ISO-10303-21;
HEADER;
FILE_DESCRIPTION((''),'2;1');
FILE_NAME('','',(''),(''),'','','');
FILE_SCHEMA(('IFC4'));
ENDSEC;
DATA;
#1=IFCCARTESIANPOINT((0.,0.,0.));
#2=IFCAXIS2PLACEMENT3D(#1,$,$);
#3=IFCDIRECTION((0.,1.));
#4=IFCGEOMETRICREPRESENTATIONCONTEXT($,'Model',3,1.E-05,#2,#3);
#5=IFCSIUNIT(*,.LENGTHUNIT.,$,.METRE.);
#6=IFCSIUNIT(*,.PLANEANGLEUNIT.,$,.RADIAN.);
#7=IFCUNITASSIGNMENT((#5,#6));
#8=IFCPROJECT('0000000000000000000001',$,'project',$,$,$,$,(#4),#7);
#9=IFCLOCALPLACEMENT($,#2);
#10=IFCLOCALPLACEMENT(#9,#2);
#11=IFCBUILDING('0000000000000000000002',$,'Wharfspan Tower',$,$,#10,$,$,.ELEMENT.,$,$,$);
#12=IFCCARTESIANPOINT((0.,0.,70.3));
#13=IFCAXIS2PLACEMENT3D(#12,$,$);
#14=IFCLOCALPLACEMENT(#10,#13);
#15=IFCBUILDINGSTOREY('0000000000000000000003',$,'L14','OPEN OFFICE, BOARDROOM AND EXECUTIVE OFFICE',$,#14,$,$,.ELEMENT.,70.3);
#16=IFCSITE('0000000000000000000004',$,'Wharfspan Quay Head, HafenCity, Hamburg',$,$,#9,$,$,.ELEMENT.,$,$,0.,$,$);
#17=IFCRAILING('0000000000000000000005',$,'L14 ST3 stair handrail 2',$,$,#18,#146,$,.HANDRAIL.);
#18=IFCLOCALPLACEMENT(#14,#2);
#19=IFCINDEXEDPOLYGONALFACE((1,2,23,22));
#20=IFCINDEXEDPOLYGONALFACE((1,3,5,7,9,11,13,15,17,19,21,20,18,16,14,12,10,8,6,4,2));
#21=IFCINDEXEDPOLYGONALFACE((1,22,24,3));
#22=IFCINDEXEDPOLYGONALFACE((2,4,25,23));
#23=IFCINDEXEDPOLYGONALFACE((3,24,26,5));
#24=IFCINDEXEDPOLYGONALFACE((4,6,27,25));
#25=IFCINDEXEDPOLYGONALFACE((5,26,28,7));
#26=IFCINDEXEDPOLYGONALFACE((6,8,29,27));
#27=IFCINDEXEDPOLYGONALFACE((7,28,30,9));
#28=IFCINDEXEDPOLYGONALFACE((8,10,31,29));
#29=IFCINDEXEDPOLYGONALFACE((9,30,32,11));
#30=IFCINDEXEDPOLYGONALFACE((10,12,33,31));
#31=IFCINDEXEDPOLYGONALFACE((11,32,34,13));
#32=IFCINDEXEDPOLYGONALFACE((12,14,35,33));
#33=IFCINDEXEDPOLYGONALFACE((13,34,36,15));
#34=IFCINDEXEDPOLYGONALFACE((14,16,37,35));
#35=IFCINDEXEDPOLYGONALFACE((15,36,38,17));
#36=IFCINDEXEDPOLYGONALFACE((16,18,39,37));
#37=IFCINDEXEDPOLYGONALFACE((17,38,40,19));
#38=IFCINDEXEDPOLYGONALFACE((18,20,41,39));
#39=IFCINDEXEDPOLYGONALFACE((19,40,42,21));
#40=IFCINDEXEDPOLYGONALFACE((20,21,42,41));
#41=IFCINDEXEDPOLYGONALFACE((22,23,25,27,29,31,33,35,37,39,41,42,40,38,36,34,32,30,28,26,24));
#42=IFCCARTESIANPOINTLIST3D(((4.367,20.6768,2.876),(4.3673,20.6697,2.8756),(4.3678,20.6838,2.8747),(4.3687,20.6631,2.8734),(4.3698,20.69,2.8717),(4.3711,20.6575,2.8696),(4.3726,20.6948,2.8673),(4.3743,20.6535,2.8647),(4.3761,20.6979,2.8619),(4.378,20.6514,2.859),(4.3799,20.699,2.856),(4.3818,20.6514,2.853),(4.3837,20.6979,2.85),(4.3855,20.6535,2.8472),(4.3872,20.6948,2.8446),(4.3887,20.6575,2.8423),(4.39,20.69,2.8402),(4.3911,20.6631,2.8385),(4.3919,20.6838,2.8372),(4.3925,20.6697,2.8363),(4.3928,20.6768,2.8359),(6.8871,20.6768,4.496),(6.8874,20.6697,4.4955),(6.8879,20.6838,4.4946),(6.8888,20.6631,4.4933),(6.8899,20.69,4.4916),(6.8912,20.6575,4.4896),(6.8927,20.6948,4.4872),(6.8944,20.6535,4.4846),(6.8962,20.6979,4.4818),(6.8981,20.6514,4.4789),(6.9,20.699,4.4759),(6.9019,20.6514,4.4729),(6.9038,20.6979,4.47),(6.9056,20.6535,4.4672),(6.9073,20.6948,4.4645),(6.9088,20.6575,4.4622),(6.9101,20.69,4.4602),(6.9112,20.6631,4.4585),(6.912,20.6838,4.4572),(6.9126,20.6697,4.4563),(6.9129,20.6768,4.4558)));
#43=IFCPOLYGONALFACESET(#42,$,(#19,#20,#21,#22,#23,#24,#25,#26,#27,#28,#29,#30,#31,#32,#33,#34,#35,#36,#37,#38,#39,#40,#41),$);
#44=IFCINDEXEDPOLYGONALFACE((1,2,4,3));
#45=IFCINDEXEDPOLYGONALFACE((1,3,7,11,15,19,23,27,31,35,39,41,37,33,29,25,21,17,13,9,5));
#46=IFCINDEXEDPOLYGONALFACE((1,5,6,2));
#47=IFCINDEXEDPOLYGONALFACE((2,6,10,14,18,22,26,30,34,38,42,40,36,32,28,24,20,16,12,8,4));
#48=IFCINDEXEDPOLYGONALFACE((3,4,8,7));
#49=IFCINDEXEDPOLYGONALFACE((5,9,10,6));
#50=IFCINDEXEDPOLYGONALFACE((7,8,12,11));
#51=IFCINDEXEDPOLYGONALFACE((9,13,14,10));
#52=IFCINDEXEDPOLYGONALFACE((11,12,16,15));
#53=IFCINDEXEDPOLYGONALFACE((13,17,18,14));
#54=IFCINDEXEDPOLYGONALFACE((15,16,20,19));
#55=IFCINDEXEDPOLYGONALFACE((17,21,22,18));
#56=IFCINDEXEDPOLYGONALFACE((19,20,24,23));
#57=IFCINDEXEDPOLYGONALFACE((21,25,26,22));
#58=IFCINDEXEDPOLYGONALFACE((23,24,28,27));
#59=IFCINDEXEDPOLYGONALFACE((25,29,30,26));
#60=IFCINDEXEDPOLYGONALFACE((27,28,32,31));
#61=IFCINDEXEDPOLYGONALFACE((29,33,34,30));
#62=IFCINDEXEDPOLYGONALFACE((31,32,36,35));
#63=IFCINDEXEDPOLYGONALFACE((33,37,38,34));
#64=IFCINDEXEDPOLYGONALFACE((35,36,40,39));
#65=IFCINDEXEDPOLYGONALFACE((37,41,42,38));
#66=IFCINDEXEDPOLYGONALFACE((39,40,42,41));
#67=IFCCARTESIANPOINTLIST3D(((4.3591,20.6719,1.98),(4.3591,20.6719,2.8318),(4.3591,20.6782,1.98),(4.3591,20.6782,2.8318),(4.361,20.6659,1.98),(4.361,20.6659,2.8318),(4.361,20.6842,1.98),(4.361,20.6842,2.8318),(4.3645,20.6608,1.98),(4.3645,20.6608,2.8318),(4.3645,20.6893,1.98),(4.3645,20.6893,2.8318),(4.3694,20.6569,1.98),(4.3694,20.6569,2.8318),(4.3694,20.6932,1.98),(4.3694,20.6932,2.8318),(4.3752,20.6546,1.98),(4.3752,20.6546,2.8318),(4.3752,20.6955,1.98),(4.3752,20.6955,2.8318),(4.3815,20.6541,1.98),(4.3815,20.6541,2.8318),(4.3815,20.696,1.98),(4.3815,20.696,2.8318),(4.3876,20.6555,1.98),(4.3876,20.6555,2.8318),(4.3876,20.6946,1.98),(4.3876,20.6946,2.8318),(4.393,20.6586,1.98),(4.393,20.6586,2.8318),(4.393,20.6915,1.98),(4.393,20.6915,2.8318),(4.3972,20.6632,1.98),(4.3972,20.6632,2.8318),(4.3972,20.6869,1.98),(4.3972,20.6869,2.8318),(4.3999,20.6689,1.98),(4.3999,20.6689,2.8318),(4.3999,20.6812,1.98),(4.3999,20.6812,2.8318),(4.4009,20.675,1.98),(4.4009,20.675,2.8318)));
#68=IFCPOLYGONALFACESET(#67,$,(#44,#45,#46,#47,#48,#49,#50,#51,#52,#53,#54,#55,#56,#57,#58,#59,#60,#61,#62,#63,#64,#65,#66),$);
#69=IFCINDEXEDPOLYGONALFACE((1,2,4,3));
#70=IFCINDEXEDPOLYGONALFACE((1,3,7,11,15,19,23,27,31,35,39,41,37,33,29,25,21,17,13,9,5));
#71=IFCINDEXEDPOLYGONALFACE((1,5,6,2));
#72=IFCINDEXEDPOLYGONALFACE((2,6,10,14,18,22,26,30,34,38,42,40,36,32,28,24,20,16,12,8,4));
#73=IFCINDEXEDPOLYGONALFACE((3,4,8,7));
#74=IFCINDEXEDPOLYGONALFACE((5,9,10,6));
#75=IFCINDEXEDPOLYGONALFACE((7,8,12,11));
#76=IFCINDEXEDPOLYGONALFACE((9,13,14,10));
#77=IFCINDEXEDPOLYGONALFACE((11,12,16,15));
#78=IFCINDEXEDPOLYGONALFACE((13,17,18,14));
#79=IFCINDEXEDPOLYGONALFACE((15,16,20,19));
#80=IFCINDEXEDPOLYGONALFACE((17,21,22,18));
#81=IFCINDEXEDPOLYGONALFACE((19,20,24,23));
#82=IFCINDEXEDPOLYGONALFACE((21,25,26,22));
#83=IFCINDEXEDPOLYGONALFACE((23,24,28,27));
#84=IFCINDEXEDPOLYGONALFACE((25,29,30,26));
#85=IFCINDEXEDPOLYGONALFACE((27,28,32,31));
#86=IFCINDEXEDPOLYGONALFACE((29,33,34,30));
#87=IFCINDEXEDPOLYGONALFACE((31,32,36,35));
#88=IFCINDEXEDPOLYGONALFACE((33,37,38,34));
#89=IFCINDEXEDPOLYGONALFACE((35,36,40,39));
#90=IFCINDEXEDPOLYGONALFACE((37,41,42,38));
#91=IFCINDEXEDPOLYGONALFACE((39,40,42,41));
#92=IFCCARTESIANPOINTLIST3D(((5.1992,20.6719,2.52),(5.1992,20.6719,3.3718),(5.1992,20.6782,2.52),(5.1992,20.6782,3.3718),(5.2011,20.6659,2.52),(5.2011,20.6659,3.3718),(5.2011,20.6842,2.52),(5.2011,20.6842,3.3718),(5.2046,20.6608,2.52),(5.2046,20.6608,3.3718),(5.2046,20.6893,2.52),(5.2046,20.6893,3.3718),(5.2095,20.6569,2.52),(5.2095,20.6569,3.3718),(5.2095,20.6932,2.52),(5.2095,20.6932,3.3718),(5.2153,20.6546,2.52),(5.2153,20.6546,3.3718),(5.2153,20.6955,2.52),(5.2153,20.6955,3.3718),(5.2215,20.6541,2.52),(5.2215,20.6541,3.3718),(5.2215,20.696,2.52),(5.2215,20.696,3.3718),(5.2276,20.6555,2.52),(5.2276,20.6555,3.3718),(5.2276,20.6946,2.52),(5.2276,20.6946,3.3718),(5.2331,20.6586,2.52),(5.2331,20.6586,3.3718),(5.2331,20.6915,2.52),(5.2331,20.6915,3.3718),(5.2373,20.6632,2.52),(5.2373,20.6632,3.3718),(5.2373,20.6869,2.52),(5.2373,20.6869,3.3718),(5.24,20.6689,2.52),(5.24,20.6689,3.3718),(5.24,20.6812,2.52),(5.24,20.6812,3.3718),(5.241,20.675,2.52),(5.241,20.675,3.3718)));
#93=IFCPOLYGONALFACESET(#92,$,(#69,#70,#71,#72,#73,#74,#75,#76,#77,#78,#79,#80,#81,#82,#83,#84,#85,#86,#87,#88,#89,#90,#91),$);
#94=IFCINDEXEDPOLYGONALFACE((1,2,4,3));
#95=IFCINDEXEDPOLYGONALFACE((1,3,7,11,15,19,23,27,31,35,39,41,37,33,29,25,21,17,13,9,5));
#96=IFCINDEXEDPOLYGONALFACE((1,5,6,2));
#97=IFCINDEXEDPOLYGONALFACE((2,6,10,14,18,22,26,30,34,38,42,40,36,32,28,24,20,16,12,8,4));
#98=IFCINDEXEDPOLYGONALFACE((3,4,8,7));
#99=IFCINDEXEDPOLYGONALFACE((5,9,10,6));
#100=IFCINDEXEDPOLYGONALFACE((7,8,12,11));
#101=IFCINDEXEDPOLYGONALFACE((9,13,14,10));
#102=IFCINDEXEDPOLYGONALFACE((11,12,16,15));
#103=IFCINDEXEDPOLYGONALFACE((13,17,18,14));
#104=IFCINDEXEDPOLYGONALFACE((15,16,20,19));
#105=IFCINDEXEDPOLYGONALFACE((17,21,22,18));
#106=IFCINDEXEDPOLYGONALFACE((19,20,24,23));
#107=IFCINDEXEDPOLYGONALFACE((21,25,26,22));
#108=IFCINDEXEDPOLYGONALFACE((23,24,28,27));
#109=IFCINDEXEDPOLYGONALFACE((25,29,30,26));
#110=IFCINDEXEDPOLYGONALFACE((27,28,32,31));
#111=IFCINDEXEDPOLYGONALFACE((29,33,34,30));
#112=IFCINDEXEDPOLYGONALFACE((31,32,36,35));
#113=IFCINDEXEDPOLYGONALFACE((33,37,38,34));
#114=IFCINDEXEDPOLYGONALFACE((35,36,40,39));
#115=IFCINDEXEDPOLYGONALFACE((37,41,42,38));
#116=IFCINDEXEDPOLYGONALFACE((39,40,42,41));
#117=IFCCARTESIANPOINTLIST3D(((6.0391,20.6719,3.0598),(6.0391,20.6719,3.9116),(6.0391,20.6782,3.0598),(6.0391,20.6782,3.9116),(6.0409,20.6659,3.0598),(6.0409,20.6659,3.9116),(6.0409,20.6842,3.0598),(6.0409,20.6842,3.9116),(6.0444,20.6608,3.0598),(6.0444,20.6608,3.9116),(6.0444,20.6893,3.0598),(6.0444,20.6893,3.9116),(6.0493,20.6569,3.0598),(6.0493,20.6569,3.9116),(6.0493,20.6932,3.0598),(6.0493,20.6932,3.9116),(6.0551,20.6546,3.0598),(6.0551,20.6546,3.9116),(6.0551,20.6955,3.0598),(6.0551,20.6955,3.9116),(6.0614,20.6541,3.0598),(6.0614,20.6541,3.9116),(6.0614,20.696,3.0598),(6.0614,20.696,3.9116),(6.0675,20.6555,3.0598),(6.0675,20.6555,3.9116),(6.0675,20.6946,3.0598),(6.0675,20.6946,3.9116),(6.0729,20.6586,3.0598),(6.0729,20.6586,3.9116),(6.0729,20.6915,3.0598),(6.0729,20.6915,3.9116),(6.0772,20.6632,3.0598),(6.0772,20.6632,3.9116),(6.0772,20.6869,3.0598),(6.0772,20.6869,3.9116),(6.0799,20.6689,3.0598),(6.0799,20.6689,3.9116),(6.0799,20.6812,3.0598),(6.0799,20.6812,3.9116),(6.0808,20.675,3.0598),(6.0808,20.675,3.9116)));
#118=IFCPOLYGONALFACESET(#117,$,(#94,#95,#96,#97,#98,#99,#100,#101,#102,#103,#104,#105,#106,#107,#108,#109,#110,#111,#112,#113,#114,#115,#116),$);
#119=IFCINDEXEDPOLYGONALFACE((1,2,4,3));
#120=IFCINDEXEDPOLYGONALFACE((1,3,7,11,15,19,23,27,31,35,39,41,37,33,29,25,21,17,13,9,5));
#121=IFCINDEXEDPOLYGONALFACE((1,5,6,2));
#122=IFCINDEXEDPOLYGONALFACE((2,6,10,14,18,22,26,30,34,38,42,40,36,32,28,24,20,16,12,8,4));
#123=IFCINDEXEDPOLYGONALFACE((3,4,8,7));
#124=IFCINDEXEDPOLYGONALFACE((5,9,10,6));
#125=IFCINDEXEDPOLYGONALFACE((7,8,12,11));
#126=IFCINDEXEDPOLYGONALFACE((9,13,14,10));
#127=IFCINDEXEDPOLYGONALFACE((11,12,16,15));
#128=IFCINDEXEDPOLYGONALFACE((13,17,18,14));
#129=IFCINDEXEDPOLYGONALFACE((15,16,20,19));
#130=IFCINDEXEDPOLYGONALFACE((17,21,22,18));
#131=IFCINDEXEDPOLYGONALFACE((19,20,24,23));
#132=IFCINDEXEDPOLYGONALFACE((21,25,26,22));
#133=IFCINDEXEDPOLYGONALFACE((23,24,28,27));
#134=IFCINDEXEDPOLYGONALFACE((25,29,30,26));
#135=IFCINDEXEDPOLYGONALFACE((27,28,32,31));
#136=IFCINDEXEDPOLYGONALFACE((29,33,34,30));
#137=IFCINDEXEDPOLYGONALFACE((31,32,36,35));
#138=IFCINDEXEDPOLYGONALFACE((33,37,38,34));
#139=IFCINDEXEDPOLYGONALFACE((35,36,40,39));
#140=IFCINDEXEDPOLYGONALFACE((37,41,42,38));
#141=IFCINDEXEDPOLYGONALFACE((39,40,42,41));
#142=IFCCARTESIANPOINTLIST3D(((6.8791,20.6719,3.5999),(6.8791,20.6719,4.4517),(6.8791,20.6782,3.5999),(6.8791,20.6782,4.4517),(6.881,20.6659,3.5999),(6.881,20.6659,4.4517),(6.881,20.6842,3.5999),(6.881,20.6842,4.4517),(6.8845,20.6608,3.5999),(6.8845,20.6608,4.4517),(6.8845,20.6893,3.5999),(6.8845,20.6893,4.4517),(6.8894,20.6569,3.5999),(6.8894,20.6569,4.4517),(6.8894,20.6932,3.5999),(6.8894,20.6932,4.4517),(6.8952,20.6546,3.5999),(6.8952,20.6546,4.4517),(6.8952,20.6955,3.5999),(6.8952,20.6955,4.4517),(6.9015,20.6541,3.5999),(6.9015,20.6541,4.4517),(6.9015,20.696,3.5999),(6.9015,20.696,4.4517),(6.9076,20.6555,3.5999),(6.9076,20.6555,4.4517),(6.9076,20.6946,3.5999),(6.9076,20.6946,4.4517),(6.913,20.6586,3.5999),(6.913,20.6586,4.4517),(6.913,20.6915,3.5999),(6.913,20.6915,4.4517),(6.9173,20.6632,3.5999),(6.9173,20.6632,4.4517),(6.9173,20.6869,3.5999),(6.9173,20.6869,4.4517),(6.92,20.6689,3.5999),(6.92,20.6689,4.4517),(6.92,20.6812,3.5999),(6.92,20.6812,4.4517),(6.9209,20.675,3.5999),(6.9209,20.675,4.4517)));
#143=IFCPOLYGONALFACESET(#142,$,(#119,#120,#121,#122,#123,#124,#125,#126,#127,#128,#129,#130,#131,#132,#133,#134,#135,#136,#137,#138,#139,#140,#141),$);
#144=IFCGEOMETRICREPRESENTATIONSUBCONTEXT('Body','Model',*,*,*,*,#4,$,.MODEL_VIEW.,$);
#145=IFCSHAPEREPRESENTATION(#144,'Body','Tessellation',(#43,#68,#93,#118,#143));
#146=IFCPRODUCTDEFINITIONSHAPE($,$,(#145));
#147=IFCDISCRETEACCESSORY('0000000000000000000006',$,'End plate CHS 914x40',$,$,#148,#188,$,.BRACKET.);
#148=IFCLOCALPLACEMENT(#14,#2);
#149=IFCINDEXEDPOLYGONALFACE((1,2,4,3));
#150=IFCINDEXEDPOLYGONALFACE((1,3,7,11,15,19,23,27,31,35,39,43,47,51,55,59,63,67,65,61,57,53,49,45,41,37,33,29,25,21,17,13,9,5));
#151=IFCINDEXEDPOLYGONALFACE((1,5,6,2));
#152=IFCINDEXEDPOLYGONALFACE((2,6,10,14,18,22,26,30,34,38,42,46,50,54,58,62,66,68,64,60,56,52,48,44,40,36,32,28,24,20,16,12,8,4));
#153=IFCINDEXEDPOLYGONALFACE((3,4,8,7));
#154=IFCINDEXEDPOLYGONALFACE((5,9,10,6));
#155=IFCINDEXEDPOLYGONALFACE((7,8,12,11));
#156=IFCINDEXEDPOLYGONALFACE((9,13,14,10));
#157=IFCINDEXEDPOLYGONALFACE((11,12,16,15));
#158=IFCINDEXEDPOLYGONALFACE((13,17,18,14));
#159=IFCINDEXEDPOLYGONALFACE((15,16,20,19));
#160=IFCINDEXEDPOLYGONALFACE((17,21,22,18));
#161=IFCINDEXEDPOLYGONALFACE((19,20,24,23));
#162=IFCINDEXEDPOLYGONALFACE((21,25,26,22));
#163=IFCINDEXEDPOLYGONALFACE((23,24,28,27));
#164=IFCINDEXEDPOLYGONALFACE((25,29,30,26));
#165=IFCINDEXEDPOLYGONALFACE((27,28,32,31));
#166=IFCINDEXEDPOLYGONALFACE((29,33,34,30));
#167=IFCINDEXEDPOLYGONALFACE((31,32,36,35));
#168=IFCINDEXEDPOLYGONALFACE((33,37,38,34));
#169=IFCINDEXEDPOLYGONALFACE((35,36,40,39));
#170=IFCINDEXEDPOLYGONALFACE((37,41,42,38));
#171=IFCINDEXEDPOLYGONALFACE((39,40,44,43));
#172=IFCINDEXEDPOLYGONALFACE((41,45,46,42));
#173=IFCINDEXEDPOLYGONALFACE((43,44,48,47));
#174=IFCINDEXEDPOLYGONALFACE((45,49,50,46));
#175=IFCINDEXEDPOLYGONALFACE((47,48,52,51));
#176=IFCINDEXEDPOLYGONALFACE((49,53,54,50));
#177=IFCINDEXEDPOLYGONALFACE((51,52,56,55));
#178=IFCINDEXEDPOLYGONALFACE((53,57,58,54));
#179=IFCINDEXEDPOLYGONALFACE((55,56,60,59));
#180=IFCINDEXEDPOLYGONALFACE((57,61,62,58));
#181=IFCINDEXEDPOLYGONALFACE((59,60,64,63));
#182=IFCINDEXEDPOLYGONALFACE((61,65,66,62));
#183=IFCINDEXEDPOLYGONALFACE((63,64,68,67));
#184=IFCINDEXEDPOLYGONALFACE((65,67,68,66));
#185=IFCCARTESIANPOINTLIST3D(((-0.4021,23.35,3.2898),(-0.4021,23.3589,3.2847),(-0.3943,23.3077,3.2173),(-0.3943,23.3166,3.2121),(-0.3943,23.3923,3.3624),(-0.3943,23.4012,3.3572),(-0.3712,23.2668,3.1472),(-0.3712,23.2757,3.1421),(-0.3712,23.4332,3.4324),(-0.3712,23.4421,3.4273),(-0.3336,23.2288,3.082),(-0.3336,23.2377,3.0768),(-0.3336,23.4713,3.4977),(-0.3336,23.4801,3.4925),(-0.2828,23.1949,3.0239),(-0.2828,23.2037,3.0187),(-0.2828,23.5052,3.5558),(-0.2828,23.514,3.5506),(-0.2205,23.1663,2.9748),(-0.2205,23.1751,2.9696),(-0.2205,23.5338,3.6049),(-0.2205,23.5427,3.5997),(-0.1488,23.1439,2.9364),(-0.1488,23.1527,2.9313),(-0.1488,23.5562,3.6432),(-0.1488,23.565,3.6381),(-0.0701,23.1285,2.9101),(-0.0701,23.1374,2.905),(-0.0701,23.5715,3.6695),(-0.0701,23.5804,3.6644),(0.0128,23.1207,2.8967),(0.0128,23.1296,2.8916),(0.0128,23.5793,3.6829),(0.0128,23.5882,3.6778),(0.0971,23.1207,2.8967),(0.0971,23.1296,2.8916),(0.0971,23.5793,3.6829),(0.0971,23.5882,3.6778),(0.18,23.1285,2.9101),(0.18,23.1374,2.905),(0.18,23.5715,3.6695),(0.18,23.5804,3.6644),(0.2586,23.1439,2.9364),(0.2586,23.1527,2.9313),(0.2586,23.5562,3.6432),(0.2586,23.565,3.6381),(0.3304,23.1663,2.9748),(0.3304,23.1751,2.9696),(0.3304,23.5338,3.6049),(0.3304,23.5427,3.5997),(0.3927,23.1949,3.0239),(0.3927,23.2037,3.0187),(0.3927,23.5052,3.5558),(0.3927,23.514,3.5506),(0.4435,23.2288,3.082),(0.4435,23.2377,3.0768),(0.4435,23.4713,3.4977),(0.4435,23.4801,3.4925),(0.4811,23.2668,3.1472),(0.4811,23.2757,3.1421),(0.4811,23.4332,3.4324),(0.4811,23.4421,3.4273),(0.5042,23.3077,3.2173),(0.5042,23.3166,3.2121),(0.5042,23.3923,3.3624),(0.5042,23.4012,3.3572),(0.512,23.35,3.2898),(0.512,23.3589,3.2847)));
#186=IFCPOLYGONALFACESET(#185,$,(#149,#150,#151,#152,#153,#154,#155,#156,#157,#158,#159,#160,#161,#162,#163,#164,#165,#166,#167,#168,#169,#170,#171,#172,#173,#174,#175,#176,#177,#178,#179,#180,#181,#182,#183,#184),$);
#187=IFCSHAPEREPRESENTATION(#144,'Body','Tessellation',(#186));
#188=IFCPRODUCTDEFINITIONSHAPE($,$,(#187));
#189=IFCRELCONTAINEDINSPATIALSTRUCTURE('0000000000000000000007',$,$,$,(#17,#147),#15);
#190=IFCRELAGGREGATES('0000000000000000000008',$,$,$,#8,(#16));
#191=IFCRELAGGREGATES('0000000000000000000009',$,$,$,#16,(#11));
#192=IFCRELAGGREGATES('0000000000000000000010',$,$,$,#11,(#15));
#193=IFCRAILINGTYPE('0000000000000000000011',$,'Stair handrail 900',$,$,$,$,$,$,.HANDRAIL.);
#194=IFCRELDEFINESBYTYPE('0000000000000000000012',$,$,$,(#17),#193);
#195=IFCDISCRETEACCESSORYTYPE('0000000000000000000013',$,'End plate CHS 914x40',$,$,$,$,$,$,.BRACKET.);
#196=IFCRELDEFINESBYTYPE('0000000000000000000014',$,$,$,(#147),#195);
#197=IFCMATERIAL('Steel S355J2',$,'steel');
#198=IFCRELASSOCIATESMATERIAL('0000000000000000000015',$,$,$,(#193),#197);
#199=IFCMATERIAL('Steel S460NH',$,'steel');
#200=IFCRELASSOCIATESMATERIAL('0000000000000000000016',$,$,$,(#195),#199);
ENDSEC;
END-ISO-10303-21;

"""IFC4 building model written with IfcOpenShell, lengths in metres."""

from ifc_helpers import new_model, si_unit, direction, frame, origin, origin_2d, place, context, subcontext, project, spatial, circle, extrude, material, material_profile, profile_set, type_object, element, save


model = new_model("IFC4")

# Units and contexts
model_context = context("Model", 3, precision=1e-05, world=origin(), true_north=direction((0.0, 1.0)))
body_context = subcontext(model_context, "Body", "Model", "MODEL_VIEW")
ifc_project = project(units=[si_unit("LENGTHUNIT", "METRE"), si_unit("PLANEANGLEUNIT", "RADIAN")], contexts=[model_context])

# Site, building, storey
site_placement = place(None, origin())
site = spatial("IfcSite", under=ifc_project, at=site_placement, Name="Wharfspan Quay Head, HafenCity, Hamburg", CompositionType="ELEMENT", RefElevation=0.0)
building_placement = place(site_placement, origin())
building = spatial("IfcBuilding", under=site, at=building_placement, Name="Wharfspan Tower", CompositionType="ELEMENT")
storey_placement = place(building_placement, frame((0.0, 0.0, 70.3)))
storey = spatial("IfcBuildingStorey", under=building, at=storey_placement, Name="L14", Description="OPEN OFFICE, BOARDROOM AND EXECUTIVE OFFICE", CompositionType="ELEMENT", Elevation=70.3)

# Shared definitions
ifc_material_1 = material(Name="Steel S355J2", Category="steel")

# Shared definitions
ifc_material_2 = material(Name="Steel S460NH", Category="steel")

# Railing
railing_type_1 = type_object("IfcRailingType", Name="Stair handrail 900", PredefinedType="HANDRAIL", material=ifc_material_1)
railing_1_placement = place(storey_placement, frame((4.3799, 20.675, 1.98)))
element("IfcRailing", 1, at=railing_1_placement, inside=storey, type_object=railing_type_1, Name="L14 ST3 stair handrail 2", PredefinedType="HANDRAIL", context=body_context, shape_type="SweptSolid", body=[
    extrude(circle(Radius=0.0239, at=origin_2d()), frame((0.0, 0.0, 0.876), z_axis=(0.8412, 0.0, 0.540725), x_axis=(0.0, 1.0, 0.0)), (0.0, 0.0, 1.0), 2.9958),
    extrude(circle(Radius=0.021, at=origin_2d()), origin(), (0.0, 0.0, 1.0), 0.8518),
    extrude(circle(Radius=0.021, at=origin_2d()), frame((0.8401, 0.0, 0.54)), (0.0, 0.0, 1.0), 0.8518),
    extrude(circle(Radius=0.021, at=origin_2d()), frame((1.6799, 0.0, 1.0798)), (0.0, 0.0, 1.0), 0.8518),
    extrude(circle(Radius=0.021, at=origin_2d()), frame((2.52, 0.0, 1.6199)), (0.0, 0.0, 1.0), 0.8518),
])

# Discrete accessory
ifc_material_profile_1 = material_profile(ifc_material_2, circle(Radius=0.457, at=origin_2d()))
ifc_profile_set_1 = profile_set([ifc_material_profile_1], Name="Steel S460NH")
discrete_accessory_type = type_object("IfcDiscreteAccessoryType", Name="End plate CHS 914x40", PredefinedType="BRACKET", material=ifc_profile_set_1)
discrete_accessory_1_placement = place(storey_placement, frame((0.0549, 23.3589, 3.2847), z_axis=(0.0, -0.863779, 0.503871), x_axis=(1.0, 0.0, 0.0)))
element("IfcDiscreteAccessory", 2, at=discrete_accessory_1_placement, inside=storey, type_object=discrete_accessory_type, Name="End plate CHS 914x40", PredefinedType="BRACKET", context=body_context, shape_type="SweptSolid", body=[
    extrude(circle(Radius=0.457, at=origin_2d()), origin(), (0.0, 0.0, 1.0), 0.0103),
])

save(model, "model.ifc")
